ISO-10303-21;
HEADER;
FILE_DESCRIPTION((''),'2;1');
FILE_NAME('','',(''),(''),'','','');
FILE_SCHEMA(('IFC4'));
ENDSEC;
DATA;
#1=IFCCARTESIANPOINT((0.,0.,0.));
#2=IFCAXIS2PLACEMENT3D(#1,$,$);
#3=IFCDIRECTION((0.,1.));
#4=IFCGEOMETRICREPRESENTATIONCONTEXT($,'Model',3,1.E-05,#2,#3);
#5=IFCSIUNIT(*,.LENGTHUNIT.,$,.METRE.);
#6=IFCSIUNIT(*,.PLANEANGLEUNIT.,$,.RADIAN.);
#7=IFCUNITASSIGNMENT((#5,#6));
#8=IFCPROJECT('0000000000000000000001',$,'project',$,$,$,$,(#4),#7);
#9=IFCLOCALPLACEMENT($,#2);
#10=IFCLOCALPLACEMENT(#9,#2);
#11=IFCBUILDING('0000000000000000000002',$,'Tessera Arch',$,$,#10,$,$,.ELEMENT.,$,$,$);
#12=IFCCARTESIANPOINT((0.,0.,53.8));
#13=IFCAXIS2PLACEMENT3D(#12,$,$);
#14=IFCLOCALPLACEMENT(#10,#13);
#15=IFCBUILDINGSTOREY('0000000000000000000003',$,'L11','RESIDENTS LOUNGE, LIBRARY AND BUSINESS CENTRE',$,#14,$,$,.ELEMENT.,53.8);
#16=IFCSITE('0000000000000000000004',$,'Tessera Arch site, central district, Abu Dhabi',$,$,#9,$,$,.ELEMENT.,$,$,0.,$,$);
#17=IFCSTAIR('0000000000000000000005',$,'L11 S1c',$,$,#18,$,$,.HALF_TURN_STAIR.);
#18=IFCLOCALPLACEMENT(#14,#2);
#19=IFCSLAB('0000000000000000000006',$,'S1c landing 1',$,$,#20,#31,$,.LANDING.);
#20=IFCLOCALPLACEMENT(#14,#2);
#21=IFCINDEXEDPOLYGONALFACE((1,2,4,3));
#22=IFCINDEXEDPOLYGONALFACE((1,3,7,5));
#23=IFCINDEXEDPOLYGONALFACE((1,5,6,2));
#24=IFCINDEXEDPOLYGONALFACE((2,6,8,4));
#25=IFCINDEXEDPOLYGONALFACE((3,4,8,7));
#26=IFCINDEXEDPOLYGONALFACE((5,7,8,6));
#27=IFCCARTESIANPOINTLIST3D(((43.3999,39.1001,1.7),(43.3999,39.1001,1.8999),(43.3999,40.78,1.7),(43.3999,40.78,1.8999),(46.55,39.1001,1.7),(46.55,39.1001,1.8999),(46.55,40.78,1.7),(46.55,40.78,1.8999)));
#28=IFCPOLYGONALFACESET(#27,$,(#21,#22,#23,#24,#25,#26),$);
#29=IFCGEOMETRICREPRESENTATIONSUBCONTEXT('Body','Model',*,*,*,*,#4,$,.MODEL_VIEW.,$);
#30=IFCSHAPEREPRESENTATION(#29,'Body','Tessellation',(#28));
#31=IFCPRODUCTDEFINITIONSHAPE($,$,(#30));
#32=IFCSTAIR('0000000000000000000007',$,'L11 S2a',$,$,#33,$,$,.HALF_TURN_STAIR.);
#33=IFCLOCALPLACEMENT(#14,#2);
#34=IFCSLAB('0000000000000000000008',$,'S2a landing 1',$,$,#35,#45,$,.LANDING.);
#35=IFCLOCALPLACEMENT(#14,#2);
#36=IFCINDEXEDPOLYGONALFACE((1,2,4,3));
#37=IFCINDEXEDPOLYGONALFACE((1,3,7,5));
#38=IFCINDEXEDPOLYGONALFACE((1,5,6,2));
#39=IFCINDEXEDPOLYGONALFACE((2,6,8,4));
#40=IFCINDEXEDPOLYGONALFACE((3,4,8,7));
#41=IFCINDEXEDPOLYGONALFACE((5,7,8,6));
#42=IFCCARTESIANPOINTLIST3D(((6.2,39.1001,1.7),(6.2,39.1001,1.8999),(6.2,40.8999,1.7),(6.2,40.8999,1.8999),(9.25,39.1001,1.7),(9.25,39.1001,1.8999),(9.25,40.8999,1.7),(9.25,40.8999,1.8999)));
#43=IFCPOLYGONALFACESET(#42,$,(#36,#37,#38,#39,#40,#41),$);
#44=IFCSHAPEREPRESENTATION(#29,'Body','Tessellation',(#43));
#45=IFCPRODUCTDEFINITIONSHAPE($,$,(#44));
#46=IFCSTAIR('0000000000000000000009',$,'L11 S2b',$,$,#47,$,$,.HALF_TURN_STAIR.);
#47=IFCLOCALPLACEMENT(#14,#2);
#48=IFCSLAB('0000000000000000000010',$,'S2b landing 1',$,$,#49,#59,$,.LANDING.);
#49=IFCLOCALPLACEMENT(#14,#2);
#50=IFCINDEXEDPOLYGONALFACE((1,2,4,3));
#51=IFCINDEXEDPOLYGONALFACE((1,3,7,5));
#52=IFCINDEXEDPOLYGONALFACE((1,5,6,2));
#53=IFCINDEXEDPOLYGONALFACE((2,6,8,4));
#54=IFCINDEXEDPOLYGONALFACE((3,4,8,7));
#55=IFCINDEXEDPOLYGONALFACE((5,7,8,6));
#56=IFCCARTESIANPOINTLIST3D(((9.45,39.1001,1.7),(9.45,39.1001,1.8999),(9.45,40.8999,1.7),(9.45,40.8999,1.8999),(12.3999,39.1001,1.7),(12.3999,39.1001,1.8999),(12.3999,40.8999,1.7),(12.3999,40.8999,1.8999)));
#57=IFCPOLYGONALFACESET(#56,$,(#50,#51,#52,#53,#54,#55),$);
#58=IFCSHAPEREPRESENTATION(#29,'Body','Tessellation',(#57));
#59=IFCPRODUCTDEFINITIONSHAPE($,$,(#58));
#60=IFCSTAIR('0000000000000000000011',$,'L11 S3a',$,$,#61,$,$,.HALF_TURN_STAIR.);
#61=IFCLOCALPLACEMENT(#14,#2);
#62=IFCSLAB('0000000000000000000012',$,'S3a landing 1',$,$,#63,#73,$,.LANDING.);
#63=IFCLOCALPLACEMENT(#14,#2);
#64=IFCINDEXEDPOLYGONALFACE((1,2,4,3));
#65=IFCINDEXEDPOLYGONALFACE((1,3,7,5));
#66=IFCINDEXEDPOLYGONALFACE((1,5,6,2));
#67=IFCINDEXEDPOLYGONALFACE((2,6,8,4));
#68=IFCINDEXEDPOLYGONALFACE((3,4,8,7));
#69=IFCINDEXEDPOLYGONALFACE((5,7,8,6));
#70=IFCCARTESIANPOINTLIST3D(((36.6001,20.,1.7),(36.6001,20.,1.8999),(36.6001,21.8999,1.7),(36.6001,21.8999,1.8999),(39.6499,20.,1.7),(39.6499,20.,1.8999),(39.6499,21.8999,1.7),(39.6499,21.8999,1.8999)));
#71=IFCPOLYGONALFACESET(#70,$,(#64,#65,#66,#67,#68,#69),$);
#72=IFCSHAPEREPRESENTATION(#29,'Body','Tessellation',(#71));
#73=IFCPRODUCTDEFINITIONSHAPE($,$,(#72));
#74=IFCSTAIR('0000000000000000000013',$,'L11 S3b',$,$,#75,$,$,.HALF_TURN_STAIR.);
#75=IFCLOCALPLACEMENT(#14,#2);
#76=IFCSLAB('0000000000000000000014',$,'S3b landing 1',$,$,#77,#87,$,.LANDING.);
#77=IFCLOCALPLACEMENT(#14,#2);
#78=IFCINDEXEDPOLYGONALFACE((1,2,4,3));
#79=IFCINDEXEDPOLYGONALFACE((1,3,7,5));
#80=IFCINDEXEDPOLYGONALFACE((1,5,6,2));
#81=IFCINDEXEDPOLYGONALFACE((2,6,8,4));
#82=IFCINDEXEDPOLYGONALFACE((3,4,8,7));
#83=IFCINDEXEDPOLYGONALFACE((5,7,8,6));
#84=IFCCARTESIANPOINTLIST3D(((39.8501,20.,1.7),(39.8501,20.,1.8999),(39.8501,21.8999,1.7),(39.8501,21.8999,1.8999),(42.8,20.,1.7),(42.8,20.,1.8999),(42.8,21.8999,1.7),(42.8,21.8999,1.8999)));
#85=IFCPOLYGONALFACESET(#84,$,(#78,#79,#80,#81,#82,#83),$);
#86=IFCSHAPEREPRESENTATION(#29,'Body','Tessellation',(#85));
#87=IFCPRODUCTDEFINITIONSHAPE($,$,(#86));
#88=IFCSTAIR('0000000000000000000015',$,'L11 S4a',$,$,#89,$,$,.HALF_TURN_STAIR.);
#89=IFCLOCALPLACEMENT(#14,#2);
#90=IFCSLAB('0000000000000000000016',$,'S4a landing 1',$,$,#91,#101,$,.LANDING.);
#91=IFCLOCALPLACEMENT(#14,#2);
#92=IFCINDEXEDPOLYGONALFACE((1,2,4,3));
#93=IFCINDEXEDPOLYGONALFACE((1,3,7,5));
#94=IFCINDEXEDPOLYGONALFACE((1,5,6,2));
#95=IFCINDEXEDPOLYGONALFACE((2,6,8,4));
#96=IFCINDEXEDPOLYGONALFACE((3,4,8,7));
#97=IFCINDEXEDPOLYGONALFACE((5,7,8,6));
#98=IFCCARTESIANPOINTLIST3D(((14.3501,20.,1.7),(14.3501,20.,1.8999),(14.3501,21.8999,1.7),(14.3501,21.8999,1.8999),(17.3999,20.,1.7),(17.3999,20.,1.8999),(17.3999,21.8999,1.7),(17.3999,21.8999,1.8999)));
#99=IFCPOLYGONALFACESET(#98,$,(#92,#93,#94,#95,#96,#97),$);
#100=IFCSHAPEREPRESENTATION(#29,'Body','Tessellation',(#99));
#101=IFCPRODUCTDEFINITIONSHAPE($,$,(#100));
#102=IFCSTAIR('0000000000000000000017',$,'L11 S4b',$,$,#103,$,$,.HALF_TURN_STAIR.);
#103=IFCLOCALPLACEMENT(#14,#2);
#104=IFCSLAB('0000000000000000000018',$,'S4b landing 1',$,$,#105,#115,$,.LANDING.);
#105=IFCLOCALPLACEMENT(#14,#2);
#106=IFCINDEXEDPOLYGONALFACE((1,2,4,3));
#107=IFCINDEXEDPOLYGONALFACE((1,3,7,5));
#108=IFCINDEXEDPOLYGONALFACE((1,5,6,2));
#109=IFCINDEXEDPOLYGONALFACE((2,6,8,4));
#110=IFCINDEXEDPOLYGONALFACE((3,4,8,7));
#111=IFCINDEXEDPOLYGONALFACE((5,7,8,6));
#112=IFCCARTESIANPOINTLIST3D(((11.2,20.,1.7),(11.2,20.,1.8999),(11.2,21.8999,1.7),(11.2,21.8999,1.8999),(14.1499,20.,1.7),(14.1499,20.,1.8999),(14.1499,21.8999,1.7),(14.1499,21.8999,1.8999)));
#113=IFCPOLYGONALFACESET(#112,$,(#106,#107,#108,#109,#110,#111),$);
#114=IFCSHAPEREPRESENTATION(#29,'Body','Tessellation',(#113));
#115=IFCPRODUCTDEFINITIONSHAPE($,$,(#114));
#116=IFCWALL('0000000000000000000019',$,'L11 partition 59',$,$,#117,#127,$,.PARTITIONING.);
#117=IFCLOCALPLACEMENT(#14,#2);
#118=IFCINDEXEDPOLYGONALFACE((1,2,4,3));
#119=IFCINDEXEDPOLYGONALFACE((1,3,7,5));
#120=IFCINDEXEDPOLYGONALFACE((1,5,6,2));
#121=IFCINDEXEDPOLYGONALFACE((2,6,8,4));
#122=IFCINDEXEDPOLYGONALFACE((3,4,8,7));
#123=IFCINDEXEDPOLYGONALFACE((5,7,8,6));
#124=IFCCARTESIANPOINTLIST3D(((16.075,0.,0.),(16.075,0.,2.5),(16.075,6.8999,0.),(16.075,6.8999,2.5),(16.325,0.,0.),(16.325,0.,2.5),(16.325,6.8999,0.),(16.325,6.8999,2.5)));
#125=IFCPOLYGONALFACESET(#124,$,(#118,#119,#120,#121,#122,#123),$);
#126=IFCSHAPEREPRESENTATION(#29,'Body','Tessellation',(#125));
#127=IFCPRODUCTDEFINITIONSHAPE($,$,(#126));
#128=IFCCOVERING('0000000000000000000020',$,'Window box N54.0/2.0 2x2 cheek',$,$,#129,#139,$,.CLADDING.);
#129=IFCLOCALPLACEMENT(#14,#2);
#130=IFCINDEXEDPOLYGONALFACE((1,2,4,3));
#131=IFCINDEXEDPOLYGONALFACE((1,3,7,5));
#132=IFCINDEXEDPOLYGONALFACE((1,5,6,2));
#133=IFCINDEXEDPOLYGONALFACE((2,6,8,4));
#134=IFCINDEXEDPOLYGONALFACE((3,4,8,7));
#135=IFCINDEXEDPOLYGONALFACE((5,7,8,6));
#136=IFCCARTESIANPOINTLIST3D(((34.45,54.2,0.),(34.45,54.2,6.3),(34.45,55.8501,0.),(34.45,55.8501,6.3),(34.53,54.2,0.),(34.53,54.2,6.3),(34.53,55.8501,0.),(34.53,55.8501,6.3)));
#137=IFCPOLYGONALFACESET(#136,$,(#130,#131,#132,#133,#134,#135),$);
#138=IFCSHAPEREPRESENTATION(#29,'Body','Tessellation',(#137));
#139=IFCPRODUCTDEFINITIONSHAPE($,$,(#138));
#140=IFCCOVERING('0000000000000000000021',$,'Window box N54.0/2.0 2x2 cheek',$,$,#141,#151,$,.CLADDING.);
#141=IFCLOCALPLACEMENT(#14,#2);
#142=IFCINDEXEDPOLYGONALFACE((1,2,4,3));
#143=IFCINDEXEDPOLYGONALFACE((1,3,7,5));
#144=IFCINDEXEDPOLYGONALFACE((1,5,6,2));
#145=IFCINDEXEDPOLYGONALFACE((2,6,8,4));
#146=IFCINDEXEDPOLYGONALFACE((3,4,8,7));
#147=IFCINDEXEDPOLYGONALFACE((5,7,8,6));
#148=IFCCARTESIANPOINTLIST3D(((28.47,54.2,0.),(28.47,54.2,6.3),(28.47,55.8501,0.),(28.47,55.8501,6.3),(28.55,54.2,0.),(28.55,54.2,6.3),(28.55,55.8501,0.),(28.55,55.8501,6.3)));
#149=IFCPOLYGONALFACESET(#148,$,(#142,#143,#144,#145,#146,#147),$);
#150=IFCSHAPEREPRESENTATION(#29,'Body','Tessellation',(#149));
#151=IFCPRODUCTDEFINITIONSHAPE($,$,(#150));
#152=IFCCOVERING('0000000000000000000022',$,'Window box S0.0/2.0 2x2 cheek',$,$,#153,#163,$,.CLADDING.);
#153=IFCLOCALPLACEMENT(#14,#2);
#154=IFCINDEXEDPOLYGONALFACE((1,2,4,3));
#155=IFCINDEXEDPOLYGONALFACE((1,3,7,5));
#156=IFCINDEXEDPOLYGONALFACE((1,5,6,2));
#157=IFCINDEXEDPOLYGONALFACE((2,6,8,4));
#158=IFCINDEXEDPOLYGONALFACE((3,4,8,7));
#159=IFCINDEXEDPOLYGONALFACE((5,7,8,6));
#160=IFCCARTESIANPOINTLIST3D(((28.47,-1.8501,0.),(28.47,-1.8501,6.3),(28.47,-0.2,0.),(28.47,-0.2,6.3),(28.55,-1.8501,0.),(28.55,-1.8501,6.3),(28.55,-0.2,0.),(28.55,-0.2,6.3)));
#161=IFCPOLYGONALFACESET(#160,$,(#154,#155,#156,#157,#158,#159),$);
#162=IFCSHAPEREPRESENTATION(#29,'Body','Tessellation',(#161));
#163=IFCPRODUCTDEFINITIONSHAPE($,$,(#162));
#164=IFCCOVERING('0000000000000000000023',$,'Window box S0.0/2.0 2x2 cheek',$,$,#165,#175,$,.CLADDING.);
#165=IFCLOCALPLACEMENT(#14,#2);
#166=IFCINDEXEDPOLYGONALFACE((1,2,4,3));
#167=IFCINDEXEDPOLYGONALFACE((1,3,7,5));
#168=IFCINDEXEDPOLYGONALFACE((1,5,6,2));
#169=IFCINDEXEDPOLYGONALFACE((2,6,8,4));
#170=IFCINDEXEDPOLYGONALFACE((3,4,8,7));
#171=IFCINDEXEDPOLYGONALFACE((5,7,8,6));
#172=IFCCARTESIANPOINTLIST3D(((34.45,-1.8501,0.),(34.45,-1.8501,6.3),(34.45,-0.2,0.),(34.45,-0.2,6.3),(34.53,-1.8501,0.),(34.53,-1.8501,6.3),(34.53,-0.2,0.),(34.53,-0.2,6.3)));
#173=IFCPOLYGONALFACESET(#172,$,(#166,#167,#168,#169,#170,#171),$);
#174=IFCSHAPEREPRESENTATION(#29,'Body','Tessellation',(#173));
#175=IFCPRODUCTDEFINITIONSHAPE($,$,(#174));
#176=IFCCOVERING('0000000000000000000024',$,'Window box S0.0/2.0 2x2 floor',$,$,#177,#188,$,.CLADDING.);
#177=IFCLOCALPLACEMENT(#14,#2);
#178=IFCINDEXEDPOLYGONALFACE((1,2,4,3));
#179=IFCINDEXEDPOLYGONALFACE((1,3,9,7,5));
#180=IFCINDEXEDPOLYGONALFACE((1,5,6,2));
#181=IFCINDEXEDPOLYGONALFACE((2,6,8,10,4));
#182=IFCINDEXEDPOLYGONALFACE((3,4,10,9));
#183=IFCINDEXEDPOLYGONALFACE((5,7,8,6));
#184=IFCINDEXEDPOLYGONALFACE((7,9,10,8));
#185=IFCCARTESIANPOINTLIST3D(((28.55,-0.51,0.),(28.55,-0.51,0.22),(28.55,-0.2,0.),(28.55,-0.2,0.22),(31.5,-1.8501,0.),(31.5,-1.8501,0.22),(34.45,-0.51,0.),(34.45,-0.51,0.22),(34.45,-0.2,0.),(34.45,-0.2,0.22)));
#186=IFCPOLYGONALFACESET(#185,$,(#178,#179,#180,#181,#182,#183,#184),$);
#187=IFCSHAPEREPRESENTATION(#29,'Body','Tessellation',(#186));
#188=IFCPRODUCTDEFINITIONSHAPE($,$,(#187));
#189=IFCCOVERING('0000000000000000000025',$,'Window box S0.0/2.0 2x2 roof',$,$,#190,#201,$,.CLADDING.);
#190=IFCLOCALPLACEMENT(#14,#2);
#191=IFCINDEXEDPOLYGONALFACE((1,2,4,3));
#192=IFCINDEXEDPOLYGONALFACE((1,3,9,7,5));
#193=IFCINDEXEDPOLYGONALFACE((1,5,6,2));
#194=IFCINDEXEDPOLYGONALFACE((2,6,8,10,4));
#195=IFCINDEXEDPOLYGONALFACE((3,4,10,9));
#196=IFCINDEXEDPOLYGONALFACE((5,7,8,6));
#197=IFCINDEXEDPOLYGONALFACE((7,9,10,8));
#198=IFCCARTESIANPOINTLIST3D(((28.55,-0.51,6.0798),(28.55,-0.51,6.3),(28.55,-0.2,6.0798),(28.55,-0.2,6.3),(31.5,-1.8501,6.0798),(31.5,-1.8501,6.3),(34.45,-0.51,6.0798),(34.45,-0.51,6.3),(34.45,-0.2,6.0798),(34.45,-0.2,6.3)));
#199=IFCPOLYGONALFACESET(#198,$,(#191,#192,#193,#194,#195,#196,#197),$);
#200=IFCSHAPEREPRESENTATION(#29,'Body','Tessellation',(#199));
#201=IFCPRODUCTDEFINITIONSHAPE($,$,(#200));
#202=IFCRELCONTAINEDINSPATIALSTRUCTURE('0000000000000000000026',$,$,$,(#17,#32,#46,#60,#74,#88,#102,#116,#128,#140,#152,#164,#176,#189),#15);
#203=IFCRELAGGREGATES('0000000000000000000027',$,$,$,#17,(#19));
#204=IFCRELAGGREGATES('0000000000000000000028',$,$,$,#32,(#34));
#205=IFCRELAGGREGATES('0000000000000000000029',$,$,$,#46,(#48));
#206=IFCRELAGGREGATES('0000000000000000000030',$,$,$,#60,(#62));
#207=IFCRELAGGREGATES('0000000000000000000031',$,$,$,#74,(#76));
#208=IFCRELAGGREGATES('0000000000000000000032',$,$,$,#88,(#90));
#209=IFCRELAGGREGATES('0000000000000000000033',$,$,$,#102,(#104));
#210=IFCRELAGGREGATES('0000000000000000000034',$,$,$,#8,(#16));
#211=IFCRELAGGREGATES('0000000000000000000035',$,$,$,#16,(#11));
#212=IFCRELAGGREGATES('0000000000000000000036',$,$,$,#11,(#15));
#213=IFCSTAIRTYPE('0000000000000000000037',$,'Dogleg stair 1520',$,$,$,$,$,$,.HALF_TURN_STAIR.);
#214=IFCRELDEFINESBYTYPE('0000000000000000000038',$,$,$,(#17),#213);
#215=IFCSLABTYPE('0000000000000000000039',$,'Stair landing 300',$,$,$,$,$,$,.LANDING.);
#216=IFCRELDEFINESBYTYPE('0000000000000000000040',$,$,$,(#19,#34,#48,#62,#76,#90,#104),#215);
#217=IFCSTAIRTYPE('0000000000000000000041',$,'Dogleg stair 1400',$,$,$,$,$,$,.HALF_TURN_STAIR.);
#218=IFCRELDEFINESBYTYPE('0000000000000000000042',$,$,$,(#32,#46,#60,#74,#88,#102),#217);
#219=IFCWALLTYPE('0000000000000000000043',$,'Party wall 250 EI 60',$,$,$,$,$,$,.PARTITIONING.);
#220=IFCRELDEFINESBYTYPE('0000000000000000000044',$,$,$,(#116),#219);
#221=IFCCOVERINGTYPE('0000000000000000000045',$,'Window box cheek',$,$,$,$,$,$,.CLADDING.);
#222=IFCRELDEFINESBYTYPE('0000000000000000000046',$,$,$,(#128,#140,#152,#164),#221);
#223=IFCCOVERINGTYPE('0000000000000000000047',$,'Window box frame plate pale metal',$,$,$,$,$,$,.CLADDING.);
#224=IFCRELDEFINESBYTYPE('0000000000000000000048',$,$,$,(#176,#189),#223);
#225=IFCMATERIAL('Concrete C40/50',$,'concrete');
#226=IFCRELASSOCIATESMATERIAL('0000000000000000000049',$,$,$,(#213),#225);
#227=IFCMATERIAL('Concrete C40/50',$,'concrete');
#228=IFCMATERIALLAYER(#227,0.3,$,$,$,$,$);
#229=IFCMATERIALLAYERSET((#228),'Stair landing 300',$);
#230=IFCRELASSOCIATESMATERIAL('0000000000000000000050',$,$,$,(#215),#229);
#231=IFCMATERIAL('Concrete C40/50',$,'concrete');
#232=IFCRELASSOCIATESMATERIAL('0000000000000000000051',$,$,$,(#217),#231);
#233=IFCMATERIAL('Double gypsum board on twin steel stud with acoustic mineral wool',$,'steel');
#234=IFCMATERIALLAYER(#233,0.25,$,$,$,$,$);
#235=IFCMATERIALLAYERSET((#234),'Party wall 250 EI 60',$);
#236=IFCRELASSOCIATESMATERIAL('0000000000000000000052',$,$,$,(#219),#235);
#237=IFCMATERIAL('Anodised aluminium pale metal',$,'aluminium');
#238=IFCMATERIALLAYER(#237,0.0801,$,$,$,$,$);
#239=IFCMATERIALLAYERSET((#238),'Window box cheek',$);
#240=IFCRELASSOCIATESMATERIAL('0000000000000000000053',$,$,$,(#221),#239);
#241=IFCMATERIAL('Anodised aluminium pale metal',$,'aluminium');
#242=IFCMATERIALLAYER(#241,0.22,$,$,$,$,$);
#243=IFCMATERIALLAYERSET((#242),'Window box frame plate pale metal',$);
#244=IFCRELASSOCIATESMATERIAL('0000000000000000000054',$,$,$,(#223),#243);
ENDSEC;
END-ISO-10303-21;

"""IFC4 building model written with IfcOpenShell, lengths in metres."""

from ifc_helpers import new_model, si_unit, direction, frame, frame_2d, origin, place, context, subcontext, project, spatial, polyline, rectangle, outline, extrude, material, layer, layer_set, type_object, element, aggregate, save


model = new_model("IFC4")

# Units and contexts
model_context = context("Model", 3, precision=1e-05, world=origin(), true_north=direction((0.0, 1.0)))
body_context = subcontext(model_context, "Body", "Model", "MODEL_VIEW")
ifc_project = project(units=[si_unit("LENGTHUNIT", "METRE"), si_unit("PLANEANGLEUNIT", "RADIAN")], contexts=[model_context])

# Site, building, storey
site_placement = place(None, origin())
site = spatial("IfcSite", under=ifc_project, at=site_placement, Name="Tessera Arch site, central district, Abu Dhabi", CompositionType="ELEMENT", RefElevation=0.0)
building_placement = place(site_placement, origin())
building = spatial("IfcBuilding", under=site, at=building_placement, Name="Tessera Arch", CompositionType="ELEMENT")
storey_placement = place(building_placement, frame((0.0, 0.0, 53.8)))
storey = spatial("IfcBuildingStorey", under=building, at=storey_placement, Name="L11", Description="RESIDENTS LOUNGE, LIBRARY AND BUSINESS CENTRE", CompositionType="ELEMENT", Elevation=53.8)

# Stairs, slabs
ifc_material_1 = material(Name="Concrete C40/50", Category="concrete")
stair_type_1 = type_object("IfcStairType", Name="Dogleg stair 1520", PredefinedType="HALF_TURN_STAIR", material=ifc_material_1)
ifc_material_2 = material(Name="Concrete C40/50", Category="concrete")
ifc_layer_1 = layer(ifc_material_2, 0.3)
ifc_layer_set_1 = layer_set([ifc_layer_1], Name="Stair landing 300")
slab_type = type_object("IfcSlabType", Name="Stair landing 300", PredefinedType="LANDING", material=ifc_layer_set_1)
stair_1_placement = place(storey_placement, origin())
stair_1 = element("IfcStair", 1, at=stair_1_placement, inside=storey, type_object=stair_type_1, Name="L11 S1c", PredefinedType="HALF_TURN_STAIR")
slab_1_placement = place(storey_placement, frame((0.0, 0.0, 1.7)))
slab_1 = element("IfcSlab", 2, at=slab_1_placement, type_object=slab_type, Name="S1c landing 1", PredefinedType="LANDING", context=body_context, shape_type="SweptSolid", body=[
    extrude(outline(polyline([(43.3999, 40.78), (43.3999, 39.1001), (46.55, 39.1001), (46.55, 40.78), (43.3999, 40.78)])), origin(), (0.0, 0.0, 1.0), 0.2),
])
aggregate(stair_1, [slab_1])
ifc_material_3 = material(Name="Concrete C40/50", Category="concrete")
stair_type_2 = type_object("IfcStairType", Name="Dogleg stair 1400", PredefinedType="HALF_TURN_STAIR", material=ifc_material_3)
stair_2_placement = place(storey_placement, origin())
stair_2 = element("IfcStair", 3, at=stair_2_placement, inside=storey, type_object=stair_type_2, Name="L11 S2a", PredefinedType="HALF_TURN_STAIR")
slab_2_placement = place(storey_placement, frame((0.0, 0.0, 1.7)))
slab_2 = element("IfcSlab", 4, at=slab_2_placement, type_object=slab_type, Name="S2a landing 1", PredefinedType="LANDING", context=body_context, shape_type="SweptSolid", body=[
    extrude(outline(polyline([(6.2, 40.8999), (6.2, 39.1001), (9.25, 39.1001), (9.25, 40.8999), (6.2, 40.8999)])), origin(), (0.0, 0.0, 1.0), 0.2),
])
aggregate(stair_2, [slab_2])
stair_3_placement = place(storey_placement, origin())
stair_3 = element("IfcStair", 5, at=stair_3_placement, inside=storey, type_object=stair_type_2, Name="L11 S2b", PredefinedType="HALF_TURN_STAIR")
slab_3_placement = place(storey_placement, frame((0.0, 0.0, 1.7)))
slab_3 = element("IfcSlab", 6, at=slab_3_placement, type_object=slab_type, Name="S2b landing 1", PredefinedType="LANDING", context=body_context, shape_type="SweptSolid", body=[
    extrude(outline(polyline([(9.45, 40.8999), (9.45, 39.1001), (12.3999, 39.1001), (12.3999, 40.8999), (9.45, 40.8999)])), origin(), (0.0, 0.0, 1.0), 0.2),
])
aggregate(stair_3, [slab_3])
stair_4_placement = place(storey_placement, origin())
stair_4 = element("IfcStair", 7, at=stair_4_placement, inside=storey, type_object=stair_type_2, Name="L11 S3a", PredefinedType="HALF_TURN_STAIR")
slab_4_placement = place(storey_placement, frame((0.0, 0.0, 1.7)))
slab_4 = element("IfcSlab", 8, at=slab_4_placement, type_object=slab_type, Name="S3a landing 1", PredefinedType="LANDING", context=body_context, shape_type="SweptSolid", body=[
    extrude(outline(polyline([(39.6499, 20.0), (39.6499, 21.8999), (36.6001, 21.8999), (36.6001, 20.0), (39.6499, 20.0)])), origin(), (0.0, 0.0, 1.0), 0.2),
])
aggregate(stair_4, [slab_4])
stair_5_placement = place(storey_placement, origin())
stair_5 = element("IfcStair", 9, at=stair_5_placement, inside=storey, type_object=stair_type_2, Name="L11 S3b", PredefinedType="HALF_TURN_STAIR")
slab_5_placement = place(storey_placement, frame((0.0, 0.0, 1.7)))
slab_5 = element("IfcSlab", 10, at=slab_5_placement, type_object=slab_type, Name="S3b landing 1", PredefinedType="LANDING", context=body_context, shape_type="SweptSolid", body=[
    extrude(outline(polyline([(42.8, 20.0), (42.8, 21.8999), (39.8501, 21.8999), (39.8501, 20.0), (42.8, 20.0)])), origin(), (0.0, 0.0, 1.0), 0.2),
])
aggregate(stair_5, [slab_5])
stair_6_placement = place(storey_placement, origin())
stair_6 = element("IfcStair", 11, at=stair_6_placement, inside=storey, type_object=stair_type_2, Name="L11 S4a", PredefinedType="HALF_TURN_STAIR")
slab_6_placement = place(storey_placement, frame((0.0, 0.0, 1.7)))
slab_6 = element("IfcSlab", 12, at=slab_6_placement, type_object=slab_type, Name="S4a landing 1", PredefinedType="LANDING", context=body_context, shape_type="SweptSolid", body=[
    extrude(outline(polyline([(17.3999, 20.0), (17.3999, 21.8999), (14.3501, 21.8999), (14.3501, 20.0), (17.3999, 20.0)])), origin(), (0.0, 0.0, 1.0), 0.2),
])
aggregate(stair_6, [slab_6])
stair_7_placement = place(storey_placement, origin())
stair_7 = element("IfcStair", 13, at=stair_7_placement, inside=storey, type_object=stair_type_2, Name="L11 S4b", PredefinedType="HALF_TURN_STAIR")
slab_7_placement = place(storey_placement, frame((0.0, 0.0, 1.7)))
slab_7 = element("IfcSlab", 14, at=slab_7_placement, type_object=slab_type, Name="S4b landing 1", PredefinedType="LANDING", context=body_context, shape_type="SweptSolid", body=[
    extrude(outline(polyline([(14.1499, 20.0), (14.1499, 21.8999), (11.2, 21.8999), (11.2, 20.0), (14.1499, 20.0)])), origin(), (0.0, 0.0, 1.0), 0.2),
])
aggregate(stair_7, [slab_7])

# Wall
ifc_material_4 = material(Name="Double gypsum board on twin steel stud with acoustic mineral wool", Category="steel")
ifc_layer_2 = layer(ifc_material_4, 0.25)
ifc_layer_set_2 = layer_set([ifc_layer_2], Name="Party wall 250 EI 60")
wall_type = type_object("IfcWallType", Name="Party wall 250 EI 60", PredefinedType="PARTITIONING", material=ifc_layer_set_2)
wall_placement = place(storey_placement, frame((16.2, 0.0, 0.0), z_axis=(0.0, 0.0, 1.0), x_axis=(0.0, 1.0, 0.0)))
element("IfcWall", 15, at=wall_placement, inside=storey, type_object=wall_type, Name="L11 partition 59", PredefinedType="PARTITIONING", context=body_context, shape_type="SweptSolid", body=[
    extrude(rectangle(XDim=6.8999, YDim=0.25, at=frame_2d((3.45, 0.0))), origin(), (0.0, 0.0, 1.0), 2.5),
])

# Coverings
ifc_material_5 = material(Name="Anodised aluminium pale metal", Category="aluminium")
ifc_layer_3 = layer(ifc_material_5, 0.0801)
ifc_layer_set_3 = layer_set([ifc_layer_3], Name="Window box cheek")
covering_type_1 = type_object("IfcCoveringType", Name="Window box cheek", PredefinedType="CLADDING", material=ifc_layer_set_3)
covering_1_placement = place(storey_placement, origin())
element("IfcCovering", 16, at=covering_1_placement, inside=storey, type_object=covering_type_1, Name="Window box N54.0/2.0 2x2 cheek", PredefinedType="CLADDING", context=body_context, shape_type="SweptSolid", body=[
    extrude(outline(polyline([(34.53, 55.8501), (34.45, 55.8501), (34.45, 54.2), (34.53, 54.2), (34.53, 55.8501)])), origin(), (0.0, 0.0, 1.0), 6.3),
])
covering_2_placement = place(storey_placement, origin())
element("IfcCovering", 17, at=covering_2_placement, inside=storey, type_object=covering_type_1, Name="Window box N54.0/2.0 2x2 cheek", PredefinedType="CLADDING", context=body_context, shape_type="SweptSolid", body=[
    extrude(outline(polyline([(28.55, 55.8501), (28.47, 55.8501), (28.47, 54.2), (28.55, 54.2), (28.55, 55.8501)])), origin(), (0.0, 0.0, 1.0), 6.3),
])
covering_3_placement = place(storey_placement, origin())
element("IfcCovering", 18, at=covering_3_placement, inside=storey, type_object=covering_type_1, Name="Window box S0.0/2.0 2x2 cheek", PredefinedType="CLADDING", context=body_context, shape_type="SweptSolid", body=[
    extrude(outline(polyline([(28.47, -1.8501), (28.55, -1.8501), (28.55, -0.2), (28.47, -0.2), (28.47, -1.8501)])), origin(), (0.0, 0.0, 1.0), 6.3),
])
covering_4_placement = place(storey_placement, origin())
element("IfcCovering", 19, at=covering_4_placement, inside=storey, type_object=covering_type_1, Name="Window box S0.0/2.0 2x2 cheek", PredefinedType="CLADDING", context=body_context, shape_type="SweptSolid", body=[
    extrude(outline(polyline([(34.45, -1.8501), (34.53, -1.8501), (34.53, -0.2), (34.45, -0.2), (34.45, -1.8501)])), origin(), (0.0, 0.0, 1.0), 6.3),
])
ifc_material_6 = material(Name="Anodised aluminium pale metal", Category="aluminium")
ifc_layer_4 = layer(ifc_material_6, 0.22)
ifc_layer_set_4 = layer_set([ifc_layer_4], Name="Window box frame plate pale metal")
covering_type_2 = type_object("IfcCoveringType", Name="Window box frame plate pale metal", PredefinedType="CLADDING", material=ifc_layer_set_4)
covering_5_placement = place(storey_placement, origin())
element("IfcCovering", 20, at=covering_5_placement, inside=storey, type_object=covering_type_2, Name="Window box S0.0/2.0 2x2 floor", PredefinedType="CLADDING", context=body_context, shape_type="SweptSolid", body=[
    extrude(outline(polyline([(28.55, -0.51), (31.5, -1.8501), (34.45, -0.51), (34.45, -0.2), (28.55, -0.2), (28.55, -0.51)])), origin(), (0.0, 0.0, 1.0), 0.22),
])
covering_6_placement = place(storey_placement, frame((0.0, 0.0, 6.0798)))
element("IfcCovering", 21, at=covering_6_placement, inside=storey, type_object=covering_type_2, Name="Window box S0.0/2.0 2x2 roof", PredefinedType="CLADDING", context=body_context, shape_type="SweptSolid", body=[
    extrude(outline(polyline([(28.55, -0.51), (31.5, -1.8501), (34.45, -0.51), (34.45, -0.2), (28.55, -0.2), (28.55, -0.51)])), origin(), (0.0, 0.0, 1.0), 0.2202),
])

save(model, "model.ifc")
